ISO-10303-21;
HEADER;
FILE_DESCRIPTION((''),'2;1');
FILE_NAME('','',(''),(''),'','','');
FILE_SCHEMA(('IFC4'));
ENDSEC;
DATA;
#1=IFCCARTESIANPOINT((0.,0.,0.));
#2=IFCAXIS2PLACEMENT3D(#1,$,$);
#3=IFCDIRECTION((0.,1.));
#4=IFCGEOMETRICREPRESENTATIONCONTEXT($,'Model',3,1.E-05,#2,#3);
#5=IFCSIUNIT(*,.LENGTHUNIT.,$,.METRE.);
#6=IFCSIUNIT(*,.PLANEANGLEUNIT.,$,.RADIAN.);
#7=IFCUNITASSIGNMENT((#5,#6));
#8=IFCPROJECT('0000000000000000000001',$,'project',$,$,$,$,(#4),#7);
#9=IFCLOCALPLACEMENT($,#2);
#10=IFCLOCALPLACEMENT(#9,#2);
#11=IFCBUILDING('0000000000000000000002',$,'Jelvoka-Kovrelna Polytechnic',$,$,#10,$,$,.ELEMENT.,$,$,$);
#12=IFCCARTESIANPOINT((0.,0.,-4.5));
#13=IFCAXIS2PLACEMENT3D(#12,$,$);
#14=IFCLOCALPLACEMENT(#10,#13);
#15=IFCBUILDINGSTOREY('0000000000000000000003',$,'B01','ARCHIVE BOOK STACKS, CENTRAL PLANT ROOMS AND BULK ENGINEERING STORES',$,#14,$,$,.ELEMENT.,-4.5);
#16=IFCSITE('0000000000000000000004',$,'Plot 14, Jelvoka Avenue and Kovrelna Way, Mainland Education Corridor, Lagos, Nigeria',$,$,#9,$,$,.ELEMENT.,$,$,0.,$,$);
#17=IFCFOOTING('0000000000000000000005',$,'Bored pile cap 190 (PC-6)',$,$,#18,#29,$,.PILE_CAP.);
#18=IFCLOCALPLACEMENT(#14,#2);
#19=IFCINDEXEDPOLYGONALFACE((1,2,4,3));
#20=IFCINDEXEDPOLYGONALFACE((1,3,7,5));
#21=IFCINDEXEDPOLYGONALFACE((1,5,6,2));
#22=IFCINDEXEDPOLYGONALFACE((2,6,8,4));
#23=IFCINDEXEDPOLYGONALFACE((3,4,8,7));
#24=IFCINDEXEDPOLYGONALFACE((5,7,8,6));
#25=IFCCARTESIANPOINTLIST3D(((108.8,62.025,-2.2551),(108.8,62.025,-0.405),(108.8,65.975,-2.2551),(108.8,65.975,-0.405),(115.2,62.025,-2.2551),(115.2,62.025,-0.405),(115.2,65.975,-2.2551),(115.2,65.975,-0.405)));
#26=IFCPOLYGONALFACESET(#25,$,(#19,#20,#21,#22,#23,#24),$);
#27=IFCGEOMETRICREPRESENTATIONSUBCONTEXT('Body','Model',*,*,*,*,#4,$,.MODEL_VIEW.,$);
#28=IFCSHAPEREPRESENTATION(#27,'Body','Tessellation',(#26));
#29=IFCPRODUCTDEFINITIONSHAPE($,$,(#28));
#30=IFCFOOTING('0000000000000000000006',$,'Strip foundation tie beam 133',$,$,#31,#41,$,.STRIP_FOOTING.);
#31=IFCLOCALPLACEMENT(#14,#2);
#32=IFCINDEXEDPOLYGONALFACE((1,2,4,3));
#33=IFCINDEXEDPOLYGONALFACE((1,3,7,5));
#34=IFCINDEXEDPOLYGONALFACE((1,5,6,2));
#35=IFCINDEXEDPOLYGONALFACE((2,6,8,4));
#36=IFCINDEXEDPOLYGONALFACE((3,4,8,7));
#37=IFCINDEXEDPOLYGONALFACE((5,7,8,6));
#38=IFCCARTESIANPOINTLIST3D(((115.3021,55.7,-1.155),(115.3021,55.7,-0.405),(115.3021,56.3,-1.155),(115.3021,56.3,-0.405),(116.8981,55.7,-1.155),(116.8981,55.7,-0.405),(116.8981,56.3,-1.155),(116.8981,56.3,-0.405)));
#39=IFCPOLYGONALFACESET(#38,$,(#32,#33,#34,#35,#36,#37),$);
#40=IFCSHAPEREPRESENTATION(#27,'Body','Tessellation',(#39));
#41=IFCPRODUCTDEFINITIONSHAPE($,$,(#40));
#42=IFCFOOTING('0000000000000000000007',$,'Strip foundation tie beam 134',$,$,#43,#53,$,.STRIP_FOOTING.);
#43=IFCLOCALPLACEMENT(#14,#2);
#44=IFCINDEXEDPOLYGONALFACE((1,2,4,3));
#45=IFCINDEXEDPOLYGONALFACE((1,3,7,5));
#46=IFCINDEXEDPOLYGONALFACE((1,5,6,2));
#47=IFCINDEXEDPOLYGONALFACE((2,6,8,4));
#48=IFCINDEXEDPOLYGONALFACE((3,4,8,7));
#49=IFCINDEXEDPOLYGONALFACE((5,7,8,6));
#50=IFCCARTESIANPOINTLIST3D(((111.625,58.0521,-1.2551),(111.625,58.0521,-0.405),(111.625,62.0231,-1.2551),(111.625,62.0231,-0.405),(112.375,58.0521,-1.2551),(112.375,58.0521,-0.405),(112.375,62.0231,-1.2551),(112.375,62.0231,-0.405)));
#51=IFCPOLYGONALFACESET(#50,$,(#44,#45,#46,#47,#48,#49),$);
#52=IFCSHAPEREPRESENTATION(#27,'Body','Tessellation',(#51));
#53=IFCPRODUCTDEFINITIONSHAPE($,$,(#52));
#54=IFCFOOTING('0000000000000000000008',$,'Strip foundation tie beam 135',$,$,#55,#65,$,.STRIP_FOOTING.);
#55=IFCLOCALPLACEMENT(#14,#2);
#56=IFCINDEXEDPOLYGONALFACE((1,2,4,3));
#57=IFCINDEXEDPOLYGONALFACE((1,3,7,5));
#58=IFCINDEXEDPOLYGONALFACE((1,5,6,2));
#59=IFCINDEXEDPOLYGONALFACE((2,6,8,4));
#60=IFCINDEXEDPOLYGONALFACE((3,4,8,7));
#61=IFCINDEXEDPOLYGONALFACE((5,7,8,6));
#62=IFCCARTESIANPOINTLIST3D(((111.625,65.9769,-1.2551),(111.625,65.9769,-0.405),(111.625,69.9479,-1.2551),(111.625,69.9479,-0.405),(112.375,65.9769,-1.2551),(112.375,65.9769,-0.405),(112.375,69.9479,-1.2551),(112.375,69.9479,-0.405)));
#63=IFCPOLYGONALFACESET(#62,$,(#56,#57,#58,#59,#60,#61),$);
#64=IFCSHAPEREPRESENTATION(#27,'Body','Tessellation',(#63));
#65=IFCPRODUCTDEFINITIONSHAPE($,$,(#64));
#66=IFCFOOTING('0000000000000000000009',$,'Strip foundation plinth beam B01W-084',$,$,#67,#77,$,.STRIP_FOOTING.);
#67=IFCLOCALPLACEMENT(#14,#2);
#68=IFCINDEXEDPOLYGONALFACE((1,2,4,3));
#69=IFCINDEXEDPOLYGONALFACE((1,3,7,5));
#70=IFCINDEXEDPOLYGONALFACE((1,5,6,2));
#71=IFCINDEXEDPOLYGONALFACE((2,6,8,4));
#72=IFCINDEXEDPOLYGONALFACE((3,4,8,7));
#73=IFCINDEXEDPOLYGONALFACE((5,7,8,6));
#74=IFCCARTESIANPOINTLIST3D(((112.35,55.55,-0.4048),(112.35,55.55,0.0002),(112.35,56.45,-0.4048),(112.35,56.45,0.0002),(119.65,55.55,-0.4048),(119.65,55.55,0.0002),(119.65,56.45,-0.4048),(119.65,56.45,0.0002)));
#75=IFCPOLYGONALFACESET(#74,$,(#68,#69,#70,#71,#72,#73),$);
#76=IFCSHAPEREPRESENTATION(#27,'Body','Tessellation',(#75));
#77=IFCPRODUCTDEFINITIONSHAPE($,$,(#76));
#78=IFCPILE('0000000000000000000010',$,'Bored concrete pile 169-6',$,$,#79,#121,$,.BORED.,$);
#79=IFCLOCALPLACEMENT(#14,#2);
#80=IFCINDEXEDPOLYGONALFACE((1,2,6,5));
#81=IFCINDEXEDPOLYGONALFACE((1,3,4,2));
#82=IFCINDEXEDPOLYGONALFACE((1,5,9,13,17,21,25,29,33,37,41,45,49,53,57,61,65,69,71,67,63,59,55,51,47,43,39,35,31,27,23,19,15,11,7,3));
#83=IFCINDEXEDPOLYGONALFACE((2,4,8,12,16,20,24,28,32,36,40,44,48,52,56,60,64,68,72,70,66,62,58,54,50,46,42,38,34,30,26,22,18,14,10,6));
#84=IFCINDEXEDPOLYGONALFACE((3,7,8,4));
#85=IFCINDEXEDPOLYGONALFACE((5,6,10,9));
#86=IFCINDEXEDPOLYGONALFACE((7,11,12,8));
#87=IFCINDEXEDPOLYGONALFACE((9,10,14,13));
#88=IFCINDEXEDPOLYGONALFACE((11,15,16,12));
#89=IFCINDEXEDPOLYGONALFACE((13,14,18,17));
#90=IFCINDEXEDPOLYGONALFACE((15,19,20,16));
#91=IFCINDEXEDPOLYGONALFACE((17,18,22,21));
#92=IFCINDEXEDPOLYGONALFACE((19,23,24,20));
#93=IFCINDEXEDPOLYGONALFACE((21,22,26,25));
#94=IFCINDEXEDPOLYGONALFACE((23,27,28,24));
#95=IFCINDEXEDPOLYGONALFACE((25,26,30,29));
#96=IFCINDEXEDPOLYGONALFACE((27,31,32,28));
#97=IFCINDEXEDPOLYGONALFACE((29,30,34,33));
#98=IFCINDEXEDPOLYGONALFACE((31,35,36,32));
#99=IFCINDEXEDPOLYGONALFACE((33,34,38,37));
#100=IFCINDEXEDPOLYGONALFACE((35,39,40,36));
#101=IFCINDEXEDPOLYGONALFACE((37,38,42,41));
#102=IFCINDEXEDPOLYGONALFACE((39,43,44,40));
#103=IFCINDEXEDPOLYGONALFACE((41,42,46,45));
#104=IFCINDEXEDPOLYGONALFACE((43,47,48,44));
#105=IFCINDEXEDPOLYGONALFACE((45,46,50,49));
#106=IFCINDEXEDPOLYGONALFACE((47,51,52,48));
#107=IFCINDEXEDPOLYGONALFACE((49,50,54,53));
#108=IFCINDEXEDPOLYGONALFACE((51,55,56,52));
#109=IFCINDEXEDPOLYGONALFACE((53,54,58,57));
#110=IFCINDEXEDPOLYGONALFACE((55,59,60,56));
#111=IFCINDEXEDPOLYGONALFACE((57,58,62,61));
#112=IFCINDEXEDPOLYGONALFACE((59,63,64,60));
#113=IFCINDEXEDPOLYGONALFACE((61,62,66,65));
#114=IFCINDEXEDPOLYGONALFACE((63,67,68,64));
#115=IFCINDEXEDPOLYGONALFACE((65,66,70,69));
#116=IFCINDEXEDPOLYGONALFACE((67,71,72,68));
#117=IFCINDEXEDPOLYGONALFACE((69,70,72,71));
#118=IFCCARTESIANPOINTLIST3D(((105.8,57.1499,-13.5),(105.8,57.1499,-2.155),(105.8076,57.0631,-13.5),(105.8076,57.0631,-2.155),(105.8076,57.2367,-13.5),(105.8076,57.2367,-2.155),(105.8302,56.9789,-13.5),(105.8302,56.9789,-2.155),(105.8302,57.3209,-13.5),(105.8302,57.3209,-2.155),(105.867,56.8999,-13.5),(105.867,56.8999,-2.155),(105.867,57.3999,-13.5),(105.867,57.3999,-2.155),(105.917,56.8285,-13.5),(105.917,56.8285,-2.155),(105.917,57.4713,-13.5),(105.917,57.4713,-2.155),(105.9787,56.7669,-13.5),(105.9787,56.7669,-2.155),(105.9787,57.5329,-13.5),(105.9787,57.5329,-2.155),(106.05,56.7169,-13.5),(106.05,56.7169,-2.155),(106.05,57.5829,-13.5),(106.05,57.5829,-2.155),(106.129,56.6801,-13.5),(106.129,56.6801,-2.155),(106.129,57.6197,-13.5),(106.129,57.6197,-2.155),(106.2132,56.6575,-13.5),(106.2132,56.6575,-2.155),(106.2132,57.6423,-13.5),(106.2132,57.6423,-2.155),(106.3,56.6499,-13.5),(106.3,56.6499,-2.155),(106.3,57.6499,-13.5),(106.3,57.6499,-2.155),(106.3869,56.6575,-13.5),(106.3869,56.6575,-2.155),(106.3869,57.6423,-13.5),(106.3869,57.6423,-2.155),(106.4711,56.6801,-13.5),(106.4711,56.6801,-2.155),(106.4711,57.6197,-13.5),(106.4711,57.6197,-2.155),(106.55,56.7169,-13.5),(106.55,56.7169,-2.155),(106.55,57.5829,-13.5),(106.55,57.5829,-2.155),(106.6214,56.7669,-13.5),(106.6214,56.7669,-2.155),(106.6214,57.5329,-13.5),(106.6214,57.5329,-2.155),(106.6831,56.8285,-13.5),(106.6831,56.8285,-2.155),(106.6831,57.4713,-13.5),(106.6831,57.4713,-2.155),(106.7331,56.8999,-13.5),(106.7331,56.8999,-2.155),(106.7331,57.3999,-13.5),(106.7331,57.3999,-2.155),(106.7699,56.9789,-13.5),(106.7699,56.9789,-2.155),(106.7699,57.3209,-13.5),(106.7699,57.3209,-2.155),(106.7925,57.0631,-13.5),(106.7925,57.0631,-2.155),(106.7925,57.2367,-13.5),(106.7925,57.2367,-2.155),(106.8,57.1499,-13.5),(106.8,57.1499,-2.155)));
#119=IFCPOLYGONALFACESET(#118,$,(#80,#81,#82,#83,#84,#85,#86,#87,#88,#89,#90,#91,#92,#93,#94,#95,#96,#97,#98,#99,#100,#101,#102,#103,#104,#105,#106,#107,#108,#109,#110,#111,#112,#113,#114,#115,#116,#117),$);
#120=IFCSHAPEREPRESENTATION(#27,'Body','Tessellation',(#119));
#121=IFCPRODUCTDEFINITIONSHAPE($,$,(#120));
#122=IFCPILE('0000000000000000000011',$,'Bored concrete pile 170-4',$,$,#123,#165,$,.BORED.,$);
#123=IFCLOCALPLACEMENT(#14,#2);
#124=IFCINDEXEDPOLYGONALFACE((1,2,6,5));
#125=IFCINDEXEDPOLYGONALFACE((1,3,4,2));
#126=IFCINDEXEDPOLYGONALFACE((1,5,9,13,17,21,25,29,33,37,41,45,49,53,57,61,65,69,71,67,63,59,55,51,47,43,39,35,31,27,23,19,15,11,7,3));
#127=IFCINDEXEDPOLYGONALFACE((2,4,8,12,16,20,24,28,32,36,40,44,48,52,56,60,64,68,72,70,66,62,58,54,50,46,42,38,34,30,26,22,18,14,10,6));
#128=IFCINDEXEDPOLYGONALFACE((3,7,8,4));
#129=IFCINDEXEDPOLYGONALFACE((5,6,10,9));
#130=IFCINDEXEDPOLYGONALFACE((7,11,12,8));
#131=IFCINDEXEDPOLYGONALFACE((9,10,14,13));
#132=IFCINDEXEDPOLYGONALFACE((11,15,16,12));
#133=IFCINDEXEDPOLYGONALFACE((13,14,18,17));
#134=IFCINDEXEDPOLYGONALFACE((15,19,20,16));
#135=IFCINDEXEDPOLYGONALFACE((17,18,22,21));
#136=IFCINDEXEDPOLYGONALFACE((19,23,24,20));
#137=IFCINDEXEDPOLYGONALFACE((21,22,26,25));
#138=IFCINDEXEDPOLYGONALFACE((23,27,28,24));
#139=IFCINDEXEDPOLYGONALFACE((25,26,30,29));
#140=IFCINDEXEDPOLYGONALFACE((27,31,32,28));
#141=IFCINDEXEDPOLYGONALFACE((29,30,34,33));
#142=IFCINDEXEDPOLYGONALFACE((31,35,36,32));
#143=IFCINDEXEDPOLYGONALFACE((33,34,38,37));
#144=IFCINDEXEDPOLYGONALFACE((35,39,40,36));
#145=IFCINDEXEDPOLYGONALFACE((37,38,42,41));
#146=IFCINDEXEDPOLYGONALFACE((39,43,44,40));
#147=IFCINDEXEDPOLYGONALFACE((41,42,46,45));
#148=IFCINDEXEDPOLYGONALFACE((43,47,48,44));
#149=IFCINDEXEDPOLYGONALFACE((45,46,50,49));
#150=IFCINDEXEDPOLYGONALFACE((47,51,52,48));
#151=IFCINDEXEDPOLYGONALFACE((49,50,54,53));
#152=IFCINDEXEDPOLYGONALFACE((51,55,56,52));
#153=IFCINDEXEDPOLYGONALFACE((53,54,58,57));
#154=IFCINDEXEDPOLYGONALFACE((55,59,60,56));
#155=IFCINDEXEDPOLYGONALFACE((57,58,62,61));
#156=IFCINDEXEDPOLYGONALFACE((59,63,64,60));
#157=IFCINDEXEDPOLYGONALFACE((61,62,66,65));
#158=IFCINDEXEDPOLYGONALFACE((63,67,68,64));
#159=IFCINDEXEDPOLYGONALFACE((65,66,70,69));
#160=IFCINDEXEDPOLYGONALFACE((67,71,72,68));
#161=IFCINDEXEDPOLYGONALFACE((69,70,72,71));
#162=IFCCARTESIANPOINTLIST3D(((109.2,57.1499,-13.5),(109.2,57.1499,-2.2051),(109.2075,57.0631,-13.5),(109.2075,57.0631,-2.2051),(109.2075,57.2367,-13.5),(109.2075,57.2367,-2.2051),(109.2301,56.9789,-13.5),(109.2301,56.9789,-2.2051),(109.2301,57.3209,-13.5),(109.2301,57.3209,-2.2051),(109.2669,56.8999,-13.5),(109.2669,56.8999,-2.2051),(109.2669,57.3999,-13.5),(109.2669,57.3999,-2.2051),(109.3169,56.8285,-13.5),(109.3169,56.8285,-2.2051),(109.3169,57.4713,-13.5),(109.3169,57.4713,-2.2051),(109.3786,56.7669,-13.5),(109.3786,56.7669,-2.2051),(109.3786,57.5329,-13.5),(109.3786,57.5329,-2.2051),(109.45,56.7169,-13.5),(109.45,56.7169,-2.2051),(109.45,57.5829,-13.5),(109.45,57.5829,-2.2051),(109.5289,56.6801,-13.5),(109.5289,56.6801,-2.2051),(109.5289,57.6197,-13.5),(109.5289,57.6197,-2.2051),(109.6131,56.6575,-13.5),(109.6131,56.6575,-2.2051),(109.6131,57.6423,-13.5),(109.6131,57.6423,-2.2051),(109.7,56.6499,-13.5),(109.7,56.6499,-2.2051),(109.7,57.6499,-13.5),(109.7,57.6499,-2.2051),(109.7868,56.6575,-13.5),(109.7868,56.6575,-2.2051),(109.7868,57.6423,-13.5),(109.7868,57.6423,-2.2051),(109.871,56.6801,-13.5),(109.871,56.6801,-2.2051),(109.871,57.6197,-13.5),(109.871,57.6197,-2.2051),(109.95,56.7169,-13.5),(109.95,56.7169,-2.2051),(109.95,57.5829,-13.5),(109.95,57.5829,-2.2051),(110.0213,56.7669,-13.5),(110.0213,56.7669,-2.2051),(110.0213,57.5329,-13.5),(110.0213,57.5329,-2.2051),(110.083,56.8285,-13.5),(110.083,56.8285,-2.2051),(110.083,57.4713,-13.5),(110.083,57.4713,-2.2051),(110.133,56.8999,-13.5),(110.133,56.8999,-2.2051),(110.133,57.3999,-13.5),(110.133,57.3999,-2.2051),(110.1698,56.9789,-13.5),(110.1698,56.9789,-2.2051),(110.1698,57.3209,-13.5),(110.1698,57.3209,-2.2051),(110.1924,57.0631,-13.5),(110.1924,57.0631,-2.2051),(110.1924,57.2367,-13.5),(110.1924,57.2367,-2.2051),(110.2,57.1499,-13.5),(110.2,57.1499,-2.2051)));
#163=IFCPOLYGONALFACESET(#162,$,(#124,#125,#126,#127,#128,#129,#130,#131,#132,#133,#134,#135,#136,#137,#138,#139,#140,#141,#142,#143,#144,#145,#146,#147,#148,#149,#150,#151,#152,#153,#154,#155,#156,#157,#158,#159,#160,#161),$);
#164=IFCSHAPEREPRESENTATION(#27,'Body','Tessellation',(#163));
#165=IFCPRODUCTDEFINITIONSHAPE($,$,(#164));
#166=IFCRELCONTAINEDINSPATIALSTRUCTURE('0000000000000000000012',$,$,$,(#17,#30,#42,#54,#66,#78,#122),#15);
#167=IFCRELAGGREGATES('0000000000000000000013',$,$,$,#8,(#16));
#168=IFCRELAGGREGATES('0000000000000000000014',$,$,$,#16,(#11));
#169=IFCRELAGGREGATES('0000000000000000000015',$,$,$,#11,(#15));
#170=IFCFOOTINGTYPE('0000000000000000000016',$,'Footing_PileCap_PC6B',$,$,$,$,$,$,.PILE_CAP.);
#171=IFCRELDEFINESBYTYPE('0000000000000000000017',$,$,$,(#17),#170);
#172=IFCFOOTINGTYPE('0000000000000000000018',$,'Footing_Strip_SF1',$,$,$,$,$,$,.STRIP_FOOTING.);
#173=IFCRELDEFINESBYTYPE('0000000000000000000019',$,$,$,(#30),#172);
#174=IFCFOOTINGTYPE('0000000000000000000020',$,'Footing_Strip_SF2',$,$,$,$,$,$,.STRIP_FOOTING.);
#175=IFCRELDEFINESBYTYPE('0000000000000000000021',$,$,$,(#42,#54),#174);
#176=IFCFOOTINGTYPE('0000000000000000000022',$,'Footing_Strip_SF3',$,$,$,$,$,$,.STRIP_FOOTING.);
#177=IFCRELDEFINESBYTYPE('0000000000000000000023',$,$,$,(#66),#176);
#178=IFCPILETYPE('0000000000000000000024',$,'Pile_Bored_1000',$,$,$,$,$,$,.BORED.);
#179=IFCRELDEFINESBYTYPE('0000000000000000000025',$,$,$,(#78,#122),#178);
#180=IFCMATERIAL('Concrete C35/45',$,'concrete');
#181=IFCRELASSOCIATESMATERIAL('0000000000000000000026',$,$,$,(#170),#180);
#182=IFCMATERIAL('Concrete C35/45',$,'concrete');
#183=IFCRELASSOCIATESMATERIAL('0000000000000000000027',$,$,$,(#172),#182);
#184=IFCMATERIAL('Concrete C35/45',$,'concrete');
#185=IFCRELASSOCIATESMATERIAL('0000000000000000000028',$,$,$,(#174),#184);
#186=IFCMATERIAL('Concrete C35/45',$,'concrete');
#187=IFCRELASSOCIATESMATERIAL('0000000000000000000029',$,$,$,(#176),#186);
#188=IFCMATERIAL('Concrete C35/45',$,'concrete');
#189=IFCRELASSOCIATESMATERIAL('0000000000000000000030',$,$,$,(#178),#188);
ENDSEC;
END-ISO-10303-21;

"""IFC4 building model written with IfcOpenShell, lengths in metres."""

from ifc_helpers import new_model, si_unit, direction, frame, origin, origin_2d, place, context, subcontext, project, spatial, rectangle, circle, extrude, material, material_profile, profile_set, type_object, element, save


model = new_model("IFC4")

# Units and contexts
model_context = context("Model", 3, precision=1e-05, world=origin(), true_north=direction((0.0, 1.0)))
body_context = subcontext(model_context, "Body", "Model", "MODEL_VIEW")
ifc_project = project(units=[si_unit("LENGTHUNIT", "METRE"), si_unit("PLANEANGLEUNIT", "RADIAN")], contexts=[model_context])

# Site, building, storey
site_placement = place(None, origin())
site = spatial("IfcSite", under=ifc_project, at=site_placement, Name="Plot 14, Jelvoka Avenue and Kovrelna Way, Mainland Education Corridor, Lagos, Nigeria", CompositionType="ELEMENT", RefElevation=0.0)
building_placement = place(site_placement, origin())
building = spatial("IfcBuilding", under=site, at=building_placement, Name="Jelvoka-Kovrelna Polytechnic", CompositionType="ELEMENT")
storey_placement = place(building_placement, frame((0.0, 0.0, -4.5)))
storey = spatial("IfcBuildingStorey", under=building, at=storey_placement, Name="B01", Description="ARCHIVE BOOK STACKS, CENTRAL PLANT ROOMS AND BULK ENGINEERING STORES", CompositionType="ELEMENT", Elevation=-4.5)

# Footings
ifc_material_1 = material(Name="Concrete C35/45", Category="concrete")
footing_type_1 = type_object("IfcFootingType", Name="Footing_PileCap_PC6B", PredefinedType="PILE_CAP", material=ifc_material_1)
footing_1_placement = place(storey_placement, frame((112.0, 64.0, -2.2551), z_axis=(0.0, 0.0, 1.0), x_axis=(1.0, 0.0, 0.0)))
element("IfcFooting", 1, at=footing_1_placement, inside=storey, type_object=footing_type_1, Name="Bored pile cap 190 (PC-6)", PredefinedType="PILE_CAP", context=body_context, shape_type="SweptSolid", body=[
    extrude(rectangle(XDim=6.3999, YDim=3.95, at=origin_2d()), origin(), (0.0, 0.0, 1.0), 1.8501),
])
ifc_material_2 = material(Name="Concrete C35/45", Category="concrete")
footing_type_2 = type_object("IfcFootingType", Name="Footing_Strip_SF1", PredefinedType="STRIP_FOOTING", material=ifc_material_2)
footing_2_placement = place(storey_placement, frame((116.1001, 56.0, -1.155), z_axis=(0.0, 0.0, 1.0), x_axis=(1.0, 0.0, 0.0)))
element("IfcFooting", 2, at=footing_2_placement, inside=storey, type_object=footing_type_2, Name="Strip foundation tie beam 133", PredefinedType="STRIP_FOOTING", context=body_context, shape_type="SweptSolid", body=[
    extrude(rectangle(XDim=1.5959, YDim=0.6001, at=origin_2d()), origin(), (0.0, 0.0, 1.0), 0.75),
])
ifc_material_3 = material(Name="Concrete C35/45", Category="concrete")
footing_type_3 = type_object("IfcFootingType", Name="Footing_Strip_SF2", PredefinedType="STRIP_FOOTING", material=ifc_material_3)
for number, where, z_axis, x_axis, name in (
    (3, (112.0, 60.0376, -1.2551), (0.0, 0.0, 1.0), (0.0, 1.0, 0.0), "Strip foundation tie beam 134"),
    (4, (112.0, 67.9624, -1.2551), (0.0, 0.0, 1.0), (0.0, 1.0, 0.0), "Strip foundation tie beam 135"),
):
    element("IfcFooting", number, at=place(storey_placement, frame(where, z_axis=z_axis, x_axis=x_axis)), inside=storey, type_object=footing_type_3, Name=name, PredefinedType="STRIP_FOOTING", context=body_context, shape_type="SweptSolid", body=[
        extrude(rectangle(XDim=3.9709, YDim=0.75, at=origin_2d()), origin(), (0.0, 0.0, 1.0), 0.8501),
    ])
ifc_material_4 = material(Name="Concrete C35/45", Category="concrete")
footing_type_4 = type_object("IfcFootingType", Name="Footing_Strip_SF3", PredefinedType="STRIP_FOOTING", material=ifc_material_4)
footing_3_placement = place(storey_placement, frame((116.0, 56.0, -0.4048), z_axis=(0.0, 0.0, 1.0), x_axis=(1.0, 0.0, 0.0)))
element("IfcFooting", 5, at=footing_3_placement, inside=storey, type_object=footing_type_4, Name="Strip foundation plinth beam B01W-084", PredefinedType="STRIP_FOOTING", context=body_context, shape_type="SweptSolid", body=[
    extrude(rectangle(XDim=7.3, YDim=0.8999, at=origin_2d()), origin(), (0.0, 0.0, 1.0), 0.405),
])

# Piles
ifc_material_5 = material(Name="Concrete C35/45", Category="concrete")
ifc_material_profile_1 = material_profile(ifc_material_5, circle(Radius=0.5, at=origin_2d()), Name="PILE D1000")
ifc_profile_set_1 = profile_set([ifc_material_profile_1], Name="Concrete C35/45")
pile_type = type_object("IfcPileType", Name="Pile_Bored_1000", PredefinedType="BORED", material=ifc_profile_set_1)
pile_placement = place(storey_placement, frame((106.3, 57.1499, -2.155), z_axis=(0.0, 0.0, -1.0), x_axis=(1.0, 0.0, 0.0)))
element("IfcPile", 6, at=pile_placement, inside=storey, type_object=pile_type, Name="Bored concrete pile 169-6", PredefinedType="BORED", context=body_context, shape_type="SweptSolid", body=[
    extrude(circle(Radius=0.5, at=origin_2d()), origin(), (0.0, 0.0, 1.0), 11.345),
])
for number, where, z_axis, x_axis, name in (
    (7, (109.7, 57.1499, -2.2051), (0.0, 0.0, -1.0), (1.0, 0.0, 0.0), "Bored concrete pile 170-4"),
):
    element("IfcPile", number, at=place(storey_placement, frame(where, z_axis=z_axis, x_axis=x_axis)), inside=storey, type_object=pile_type, Name=name, PredefinedType="BORED", context=body_context, shape_type="SweptSolid", body=[
        extrude(circle(Radius=0.5, at=origin_2d()), origin(), (0.0, 0.0, 1.0), 11.2949),
    ])

save(model, "model.ifc")
